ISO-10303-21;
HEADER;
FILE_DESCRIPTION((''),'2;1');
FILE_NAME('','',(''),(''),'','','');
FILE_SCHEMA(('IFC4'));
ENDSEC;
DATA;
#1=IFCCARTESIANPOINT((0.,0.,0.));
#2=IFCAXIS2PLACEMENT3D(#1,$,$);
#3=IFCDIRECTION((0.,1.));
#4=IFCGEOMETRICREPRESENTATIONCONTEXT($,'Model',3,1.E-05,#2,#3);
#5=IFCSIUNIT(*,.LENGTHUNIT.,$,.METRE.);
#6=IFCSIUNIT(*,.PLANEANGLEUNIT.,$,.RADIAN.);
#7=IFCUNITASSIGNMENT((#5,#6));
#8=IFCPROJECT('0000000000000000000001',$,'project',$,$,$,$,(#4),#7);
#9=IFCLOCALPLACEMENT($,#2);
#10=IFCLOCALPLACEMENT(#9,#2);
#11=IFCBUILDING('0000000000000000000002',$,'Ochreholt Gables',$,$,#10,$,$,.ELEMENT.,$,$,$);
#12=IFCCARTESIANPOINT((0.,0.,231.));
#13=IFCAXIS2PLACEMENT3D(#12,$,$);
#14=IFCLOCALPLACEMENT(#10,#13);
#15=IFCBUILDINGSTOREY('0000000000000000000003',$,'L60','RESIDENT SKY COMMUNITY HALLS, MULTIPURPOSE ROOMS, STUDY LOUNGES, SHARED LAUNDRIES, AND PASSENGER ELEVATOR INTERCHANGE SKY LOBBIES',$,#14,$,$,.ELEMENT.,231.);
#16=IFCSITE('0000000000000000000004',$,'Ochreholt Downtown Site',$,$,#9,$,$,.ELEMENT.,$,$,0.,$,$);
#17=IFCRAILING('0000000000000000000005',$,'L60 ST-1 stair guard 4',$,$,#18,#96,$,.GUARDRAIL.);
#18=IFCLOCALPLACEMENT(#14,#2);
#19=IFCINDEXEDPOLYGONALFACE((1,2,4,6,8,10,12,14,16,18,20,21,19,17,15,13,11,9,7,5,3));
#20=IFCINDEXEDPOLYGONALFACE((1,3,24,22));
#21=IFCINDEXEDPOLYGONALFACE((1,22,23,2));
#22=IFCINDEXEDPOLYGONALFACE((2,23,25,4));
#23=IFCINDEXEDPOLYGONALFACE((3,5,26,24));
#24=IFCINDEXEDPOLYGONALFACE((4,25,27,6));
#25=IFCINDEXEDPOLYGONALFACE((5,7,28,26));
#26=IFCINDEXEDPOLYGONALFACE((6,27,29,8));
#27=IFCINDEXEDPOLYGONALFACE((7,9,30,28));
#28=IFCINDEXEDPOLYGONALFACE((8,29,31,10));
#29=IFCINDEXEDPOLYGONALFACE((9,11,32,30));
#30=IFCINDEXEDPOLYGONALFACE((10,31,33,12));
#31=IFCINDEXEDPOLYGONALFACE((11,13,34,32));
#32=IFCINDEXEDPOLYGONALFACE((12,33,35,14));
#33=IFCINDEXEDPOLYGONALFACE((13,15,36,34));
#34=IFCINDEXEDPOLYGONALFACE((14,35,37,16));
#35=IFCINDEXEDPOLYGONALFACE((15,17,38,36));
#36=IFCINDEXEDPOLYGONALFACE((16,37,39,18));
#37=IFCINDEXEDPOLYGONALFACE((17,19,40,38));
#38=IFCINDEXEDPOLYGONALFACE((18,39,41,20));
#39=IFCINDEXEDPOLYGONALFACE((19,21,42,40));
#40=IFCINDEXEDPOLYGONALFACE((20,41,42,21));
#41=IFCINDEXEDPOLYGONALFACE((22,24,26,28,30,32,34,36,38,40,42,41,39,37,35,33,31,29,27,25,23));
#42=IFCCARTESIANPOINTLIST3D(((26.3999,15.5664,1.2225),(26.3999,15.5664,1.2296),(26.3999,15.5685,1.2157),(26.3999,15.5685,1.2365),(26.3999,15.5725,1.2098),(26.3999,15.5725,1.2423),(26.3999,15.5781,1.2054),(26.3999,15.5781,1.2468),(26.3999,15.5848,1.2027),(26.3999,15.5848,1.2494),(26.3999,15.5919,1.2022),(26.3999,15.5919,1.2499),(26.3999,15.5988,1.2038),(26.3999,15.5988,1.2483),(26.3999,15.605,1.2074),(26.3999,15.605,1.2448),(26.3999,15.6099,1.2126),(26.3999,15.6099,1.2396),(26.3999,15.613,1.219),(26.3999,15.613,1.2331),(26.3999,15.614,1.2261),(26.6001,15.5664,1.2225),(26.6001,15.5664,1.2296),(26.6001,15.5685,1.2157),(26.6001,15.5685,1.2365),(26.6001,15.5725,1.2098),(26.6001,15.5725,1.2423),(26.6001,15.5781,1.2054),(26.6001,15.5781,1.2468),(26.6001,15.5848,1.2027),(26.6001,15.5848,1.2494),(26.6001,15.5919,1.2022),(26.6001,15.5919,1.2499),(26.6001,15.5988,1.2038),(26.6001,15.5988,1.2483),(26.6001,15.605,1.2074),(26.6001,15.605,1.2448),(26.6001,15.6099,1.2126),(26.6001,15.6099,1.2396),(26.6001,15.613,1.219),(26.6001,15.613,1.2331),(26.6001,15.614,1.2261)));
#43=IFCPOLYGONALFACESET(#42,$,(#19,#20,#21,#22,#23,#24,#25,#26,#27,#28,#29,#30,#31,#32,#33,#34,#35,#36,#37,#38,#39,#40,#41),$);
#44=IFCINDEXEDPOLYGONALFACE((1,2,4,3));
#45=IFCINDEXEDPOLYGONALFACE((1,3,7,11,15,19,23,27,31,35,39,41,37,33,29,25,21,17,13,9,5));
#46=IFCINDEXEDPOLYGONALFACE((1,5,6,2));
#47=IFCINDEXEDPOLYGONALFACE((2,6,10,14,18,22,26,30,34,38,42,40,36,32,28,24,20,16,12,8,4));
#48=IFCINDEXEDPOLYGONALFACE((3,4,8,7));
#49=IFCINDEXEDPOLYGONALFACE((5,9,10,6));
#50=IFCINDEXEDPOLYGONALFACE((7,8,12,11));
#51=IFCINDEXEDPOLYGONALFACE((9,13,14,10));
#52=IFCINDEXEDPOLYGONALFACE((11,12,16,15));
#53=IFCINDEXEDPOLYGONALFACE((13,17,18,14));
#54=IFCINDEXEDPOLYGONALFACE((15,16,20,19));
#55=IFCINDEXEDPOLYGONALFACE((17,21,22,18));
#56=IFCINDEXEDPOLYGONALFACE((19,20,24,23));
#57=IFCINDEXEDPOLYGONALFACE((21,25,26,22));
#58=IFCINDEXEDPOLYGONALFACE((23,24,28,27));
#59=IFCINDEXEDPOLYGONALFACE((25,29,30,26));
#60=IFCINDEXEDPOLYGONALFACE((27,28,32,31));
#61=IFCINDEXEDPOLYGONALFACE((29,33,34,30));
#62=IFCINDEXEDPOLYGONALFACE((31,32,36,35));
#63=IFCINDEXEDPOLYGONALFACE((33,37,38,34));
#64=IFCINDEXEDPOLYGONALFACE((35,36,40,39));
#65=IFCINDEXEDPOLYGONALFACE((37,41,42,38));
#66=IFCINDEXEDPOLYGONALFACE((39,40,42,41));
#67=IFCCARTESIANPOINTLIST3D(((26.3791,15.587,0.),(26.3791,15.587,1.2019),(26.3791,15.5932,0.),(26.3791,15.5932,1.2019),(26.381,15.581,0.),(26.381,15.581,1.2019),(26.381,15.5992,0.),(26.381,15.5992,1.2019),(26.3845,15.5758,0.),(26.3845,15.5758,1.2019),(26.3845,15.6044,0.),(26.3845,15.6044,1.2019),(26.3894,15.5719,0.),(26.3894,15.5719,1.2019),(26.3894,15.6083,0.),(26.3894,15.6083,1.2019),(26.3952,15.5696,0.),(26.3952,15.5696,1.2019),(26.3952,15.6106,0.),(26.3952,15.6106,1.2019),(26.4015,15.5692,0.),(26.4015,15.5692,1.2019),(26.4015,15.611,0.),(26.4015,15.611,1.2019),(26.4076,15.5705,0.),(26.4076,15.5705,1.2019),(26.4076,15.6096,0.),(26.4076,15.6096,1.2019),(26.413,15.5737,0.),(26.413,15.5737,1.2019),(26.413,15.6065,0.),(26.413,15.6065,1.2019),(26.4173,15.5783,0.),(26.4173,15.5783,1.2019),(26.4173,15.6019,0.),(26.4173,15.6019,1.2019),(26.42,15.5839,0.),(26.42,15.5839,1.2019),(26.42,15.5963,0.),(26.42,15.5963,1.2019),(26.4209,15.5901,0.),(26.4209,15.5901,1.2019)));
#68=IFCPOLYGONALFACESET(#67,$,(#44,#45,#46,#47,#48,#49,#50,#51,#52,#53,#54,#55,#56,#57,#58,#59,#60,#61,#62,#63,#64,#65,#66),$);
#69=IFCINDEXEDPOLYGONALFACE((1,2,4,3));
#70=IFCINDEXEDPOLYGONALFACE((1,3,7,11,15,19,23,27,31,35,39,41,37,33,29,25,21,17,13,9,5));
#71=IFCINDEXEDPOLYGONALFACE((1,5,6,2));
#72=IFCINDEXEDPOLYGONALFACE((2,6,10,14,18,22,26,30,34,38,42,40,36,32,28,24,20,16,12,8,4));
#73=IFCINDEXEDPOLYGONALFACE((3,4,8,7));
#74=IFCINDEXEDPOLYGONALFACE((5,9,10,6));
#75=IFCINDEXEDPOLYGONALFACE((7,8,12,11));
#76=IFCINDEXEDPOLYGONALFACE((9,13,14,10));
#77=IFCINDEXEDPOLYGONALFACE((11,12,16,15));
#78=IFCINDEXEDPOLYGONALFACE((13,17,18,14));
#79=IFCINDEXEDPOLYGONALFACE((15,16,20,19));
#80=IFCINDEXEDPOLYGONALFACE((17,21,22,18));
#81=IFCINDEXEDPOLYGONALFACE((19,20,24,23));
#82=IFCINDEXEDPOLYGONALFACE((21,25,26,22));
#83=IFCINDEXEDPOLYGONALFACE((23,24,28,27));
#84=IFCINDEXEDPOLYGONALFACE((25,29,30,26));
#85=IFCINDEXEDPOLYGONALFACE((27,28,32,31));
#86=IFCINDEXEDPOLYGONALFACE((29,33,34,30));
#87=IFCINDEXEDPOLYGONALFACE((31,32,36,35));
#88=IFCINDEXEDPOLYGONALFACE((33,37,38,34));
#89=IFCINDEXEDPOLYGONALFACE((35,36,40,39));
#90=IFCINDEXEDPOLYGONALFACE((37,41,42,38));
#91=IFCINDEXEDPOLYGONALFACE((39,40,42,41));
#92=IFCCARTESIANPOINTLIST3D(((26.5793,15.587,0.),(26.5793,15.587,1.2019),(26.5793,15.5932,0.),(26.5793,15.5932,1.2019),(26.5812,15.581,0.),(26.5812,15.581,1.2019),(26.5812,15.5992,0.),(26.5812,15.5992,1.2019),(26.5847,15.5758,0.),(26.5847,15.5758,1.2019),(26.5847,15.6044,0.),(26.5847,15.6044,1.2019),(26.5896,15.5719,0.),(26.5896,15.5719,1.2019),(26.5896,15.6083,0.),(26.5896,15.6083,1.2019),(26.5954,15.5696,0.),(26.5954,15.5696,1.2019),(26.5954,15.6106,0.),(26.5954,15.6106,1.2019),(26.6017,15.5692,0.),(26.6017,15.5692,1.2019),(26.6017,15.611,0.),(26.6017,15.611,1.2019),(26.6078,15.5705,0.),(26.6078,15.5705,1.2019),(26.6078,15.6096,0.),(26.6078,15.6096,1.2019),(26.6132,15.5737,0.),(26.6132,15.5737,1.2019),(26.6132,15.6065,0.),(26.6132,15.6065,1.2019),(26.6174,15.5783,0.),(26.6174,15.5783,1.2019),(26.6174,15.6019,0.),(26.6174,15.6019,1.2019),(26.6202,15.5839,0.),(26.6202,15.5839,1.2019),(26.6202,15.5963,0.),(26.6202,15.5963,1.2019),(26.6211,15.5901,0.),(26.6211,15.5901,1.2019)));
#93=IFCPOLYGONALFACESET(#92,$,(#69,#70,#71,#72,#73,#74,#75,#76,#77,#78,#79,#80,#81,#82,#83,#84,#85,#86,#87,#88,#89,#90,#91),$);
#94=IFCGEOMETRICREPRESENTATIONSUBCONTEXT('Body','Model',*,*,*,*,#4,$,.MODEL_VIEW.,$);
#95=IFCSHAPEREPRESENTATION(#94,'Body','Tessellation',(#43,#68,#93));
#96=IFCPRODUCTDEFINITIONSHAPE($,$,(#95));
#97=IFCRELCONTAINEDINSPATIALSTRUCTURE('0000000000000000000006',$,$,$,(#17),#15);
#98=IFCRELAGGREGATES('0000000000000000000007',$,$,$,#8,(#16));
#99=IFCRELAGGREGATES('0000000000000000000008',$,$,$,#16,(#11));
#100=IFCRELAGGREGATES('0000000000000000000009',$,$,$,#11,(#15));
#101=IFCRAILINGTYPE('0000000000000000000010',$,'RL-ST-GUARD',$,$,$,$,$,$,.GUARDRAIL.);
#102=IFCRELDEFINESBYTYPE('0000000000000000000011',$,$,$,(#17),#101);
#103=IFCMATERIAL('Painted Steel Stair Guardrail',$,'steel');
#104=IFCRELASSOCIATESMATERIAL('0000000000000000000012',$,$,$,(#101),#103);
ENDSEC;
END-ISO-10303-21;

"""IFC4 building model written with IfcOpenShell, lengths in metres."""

from ifc_helpers import new_model, si_unit, direction, frame, origin, origin_2d, place, context, subcontext, project, spatial, circle, extrude, material, type_object, element, save


model = new_model("IFC4")

# Units and contexts
model_context = context("Model", 3, precision=1e-05, world=origin(), true_north=direction((0.0, 1.0)))
body_context = subcontext(model_context, "Body", "Model", "MODEL_VIEW")
ifc_project = project(units=[si_unit("LENGTHUNIT", "METRE"), si_unit("PLANEANGLEUNIT", "RADIAN")], contexts=[model_context])

# Site, building, storey
site_placement = place(None, origin())
site = spatial("IfcSite", under=ifc_project, at=site_placement, Name="Ochreholt Downtown Site", CompositionType="ELEMENT", RefElevation=0.0)
building_placement = place(site_placement, origin())
building = spatial("IfcBuilding", under=site, at=building_placement, Name="Ochreholt Gables", CompositionType="ELEMENT")
storey_placement = place(building_placement, frame((0.0, 0.0, 231.0)))
storey = spatial("IfcBuildingStorey", under=building, at=storey_placement, Name="L60", Description="RESIDENT SKY COMMUNITY HALLS, MULTIPURPOSE ROOMS, STUDY LOUNGES, SHARED LAUNDRIES, AND PASSENGER ELEVATOR INTERCHANGE SKY LOBBIES", CompositionType="ELEMENT", Elevation=231.0)

# Railing
ifc_material_1 = material(Name="Painted Steel Stair Guardrail", Category="steel")
railing_type_1 = type_object("IfcRailingType", Name="RL-ST-GUARD", PredefinedType="GUARDRAIL", material=ifc_material_1)
railing_1_placement = place(storey_placement, frame((26.3999, 15.5901, 0.0)))
element("IfcRailing", 1, at=railing_1_placement, inside=storey, type_object=railing_type_1, Name="L60 ST-1 stair guard 4", PredefinedType="GUARDRAIL", context=body_context, shape_type="SweptSolid", body=[
    extrude(circle(Radius=0.0239, at=origin_2d()), frame((0.0, 0.0, 1.2261), z_axis=(1.0, 0.0, 0.0), x_axis=(0.0, 1.0, 0.0)), (0.0, 0.0, 1.0), 0.2002),
    extrude(circle(Radius=0.021, at=origin_2d()), origin(), (0.0, 0.0, 1.0), 1.2019),
    extrude(circle(Radius=0.021, at=origin_2d()), frame((0.2002, 0.0, 0.0)), (0.0, 0.0, 1.0), 1.2019),
])

save(model, "model.ifc")
